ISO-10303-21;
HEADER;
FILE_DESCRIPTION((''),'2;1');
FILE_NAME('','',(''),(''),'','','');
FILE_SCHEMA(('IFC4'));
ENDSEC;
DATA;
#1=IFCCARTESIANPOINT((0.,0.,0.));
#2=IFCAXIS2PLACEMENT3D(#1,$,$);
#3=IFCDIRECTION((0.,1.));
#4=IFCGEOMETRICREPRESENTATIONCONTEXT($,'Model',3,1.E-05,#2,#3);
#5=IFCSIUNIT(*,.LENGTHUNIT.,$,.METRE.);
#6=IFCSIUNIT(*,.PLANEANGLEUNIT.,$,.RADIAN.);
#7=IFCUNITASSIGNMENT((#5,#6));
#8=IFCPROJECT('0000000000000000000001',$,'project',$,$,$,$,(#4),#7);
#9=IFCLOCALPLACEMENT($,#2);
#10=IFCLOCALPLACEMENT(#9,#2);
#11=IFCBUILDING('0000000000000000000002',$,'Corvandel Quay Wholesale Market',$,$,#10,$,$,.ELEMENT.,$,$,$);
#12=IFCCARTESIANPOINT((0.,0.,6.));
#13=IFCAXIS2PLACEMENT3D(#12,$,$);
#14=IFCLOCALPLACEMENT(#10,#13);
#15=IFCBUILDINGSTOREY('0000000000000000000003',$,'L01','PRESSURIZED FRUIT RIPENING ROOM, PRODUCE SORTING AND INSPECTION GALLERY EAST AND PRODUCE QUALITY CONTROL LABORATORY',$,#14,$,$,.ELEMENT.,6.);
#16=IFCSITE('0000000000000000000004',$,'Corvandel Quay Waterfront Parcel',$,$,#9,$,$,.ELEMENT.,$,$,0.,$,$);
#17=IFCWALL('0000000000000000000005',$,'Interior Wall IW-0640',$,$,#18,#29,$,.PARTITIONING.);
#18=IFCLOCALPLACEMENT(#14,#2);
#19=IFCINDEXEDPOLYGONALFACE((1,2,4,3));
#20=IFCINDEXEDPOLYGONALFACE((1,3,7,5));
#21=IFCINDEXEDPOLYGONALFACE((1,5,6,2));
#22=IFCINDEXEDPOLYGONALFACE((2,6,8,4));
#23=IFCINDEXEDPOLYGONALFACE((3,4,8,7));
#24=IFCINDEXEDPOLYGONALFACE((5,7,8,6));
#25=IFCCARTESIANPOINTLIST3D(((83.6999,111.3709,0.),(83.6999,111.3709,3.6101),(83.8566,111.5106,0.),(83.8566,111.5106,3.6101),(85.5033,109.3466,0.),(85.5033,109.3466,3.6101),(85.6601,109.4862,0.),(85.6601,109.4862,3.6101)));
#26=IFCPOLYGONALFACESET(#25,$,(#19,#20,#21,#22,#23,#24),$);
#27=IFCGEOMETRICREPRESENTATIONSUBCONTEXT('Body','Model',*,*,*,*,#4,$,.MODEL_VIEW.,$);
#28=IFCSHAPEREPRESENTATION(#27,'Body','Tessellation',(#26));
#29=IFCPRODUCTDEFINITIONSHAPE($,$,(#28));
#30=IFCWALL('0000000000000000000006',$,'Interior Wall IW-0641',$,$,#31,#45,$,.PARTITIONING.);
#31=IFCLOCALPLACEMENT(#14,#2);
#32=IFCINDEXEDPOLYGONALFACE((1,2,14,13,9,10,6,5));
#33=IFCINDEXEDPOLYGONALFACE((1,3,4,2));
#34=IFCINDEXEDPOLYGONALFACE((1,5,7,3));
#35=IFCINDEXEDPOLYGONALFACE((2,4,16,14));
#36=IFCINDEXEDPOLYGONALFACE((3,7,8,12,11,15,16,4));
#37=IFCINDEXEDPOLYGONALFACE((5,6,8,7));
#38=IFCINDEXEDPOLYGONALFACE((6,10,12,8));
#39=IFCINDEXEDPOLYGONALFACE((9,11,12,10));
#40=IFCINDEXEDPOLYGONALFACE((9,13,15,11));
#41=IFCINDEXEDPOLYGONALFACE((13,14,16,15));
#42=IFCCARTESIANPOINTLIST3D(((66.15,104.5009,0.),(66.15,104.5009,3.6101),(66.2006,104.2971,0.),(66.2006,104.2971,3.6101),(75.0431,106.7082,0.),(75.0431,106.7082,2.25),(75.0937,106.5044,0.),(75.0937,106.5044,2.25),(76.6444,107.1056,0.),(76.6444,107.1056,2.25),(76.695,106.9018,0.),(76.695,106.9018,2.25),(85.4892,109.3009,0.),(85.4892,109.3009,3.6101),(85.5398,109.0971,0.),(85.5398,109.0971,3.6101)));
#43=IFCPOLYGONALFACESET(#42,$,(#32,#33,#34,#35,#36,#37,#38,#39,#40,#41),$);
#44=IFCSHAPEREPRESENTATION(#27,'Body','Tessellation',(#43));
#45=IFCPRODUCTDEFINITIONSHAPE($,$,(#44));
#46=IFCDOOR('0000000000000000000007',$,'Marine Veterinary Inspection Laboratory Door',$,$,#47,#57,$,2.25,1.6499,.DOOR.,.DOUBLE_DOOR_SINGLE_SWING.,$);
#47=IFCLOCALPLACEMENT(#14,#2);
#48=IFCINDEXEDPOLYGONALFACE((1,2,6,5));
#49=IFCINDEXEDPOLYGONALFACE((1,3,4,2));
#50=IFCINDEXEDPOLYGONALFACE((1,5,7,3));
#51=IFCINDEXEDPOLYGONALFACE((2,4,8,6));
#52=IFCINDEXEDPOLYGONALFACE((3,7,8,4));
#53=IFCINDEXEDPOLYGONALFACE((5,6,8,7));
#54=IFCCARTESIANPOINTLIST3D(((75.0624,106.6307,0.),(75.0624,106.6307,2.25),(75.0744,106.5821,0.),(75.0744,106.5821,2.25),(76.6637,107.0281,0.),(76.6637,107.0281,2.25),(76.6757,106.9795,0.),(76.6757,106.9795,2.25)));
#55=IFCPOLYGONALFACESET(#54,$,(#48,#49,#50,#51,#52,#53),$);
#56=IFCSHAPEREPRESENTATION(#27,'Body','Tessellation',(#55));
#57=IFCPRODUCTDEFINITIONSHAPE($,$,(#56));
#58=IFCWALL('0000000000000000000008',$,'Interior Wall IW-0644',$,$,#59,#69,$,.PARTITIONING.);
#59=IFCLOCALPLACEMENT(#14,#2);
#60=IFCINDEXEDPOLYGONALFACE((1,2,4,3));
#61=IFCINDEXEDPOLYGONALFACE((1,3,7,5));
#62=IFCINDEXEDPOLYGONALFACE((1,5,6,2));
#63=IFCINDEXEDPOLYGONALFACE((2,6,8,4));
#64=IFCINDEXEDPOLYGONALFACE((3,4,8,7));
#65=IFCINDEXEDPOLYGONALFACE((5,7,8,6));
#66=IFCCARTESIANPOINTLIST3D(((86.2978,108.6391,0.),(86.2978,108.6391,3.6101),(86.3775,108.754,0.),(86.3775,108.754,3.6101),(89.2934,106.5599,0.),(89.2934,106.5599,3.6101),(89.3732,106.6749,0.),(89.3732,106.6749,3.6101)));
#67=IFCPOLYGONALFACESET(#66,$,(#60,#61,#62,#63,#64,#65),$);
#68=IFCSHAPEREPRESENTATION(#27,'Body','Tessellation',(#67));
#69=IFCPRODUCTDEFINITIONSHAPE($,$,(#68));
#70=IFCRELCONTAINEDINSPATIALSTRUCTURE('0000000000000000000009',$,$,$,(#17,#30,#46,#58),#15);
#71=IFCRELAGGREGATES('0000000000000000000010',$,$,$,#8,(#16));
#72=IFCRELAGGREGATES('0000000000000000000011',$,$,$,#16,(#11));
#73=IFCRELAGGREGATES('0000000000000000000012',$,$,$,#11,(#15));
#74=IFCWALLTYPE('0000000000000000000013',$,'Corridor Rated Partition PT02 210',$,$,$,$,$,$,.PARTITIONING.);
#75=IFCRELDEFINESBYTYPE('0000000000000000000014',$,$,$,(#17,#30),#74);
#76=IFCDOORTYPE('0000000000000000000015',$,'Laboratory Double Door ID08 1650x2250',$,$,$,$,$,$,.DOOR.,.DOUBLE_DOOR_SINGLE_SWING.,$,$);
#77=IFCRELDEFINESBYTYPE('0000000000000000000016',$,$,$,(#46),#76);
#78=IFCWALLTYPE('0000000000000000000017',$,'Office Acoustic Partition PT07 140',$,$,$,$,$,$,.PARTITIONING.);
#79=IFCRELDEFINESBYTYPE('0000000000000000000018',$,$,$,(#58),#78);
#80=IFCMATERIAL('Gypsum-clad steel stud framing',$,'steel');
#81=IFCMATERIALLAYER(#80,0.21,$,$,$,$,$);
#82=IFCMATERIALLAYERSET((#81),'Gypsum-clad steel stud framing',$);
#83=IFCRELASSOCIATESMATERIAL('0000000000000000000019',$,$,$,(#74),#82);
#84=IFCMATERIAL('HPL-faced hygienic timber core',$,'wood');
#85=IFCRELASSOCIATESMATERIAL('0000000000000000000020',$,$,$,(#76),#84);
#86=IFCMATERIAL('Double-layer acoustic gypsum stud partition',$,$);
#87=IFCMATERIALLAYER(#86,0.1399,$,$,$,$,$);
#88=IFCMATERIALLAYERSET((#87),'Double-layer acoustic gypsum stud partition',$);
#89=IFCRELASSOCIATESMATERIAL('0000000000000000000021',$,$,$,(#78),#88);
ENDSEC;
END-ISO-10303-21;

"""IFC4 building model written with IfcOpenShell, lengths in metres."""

from ifc_helpers import new_model, si_unit, direction, frame, frame_2d, origin, place, context, subcontext, project, spatial, rectangle, extrude, material, layer, layer_set, type_object, element, fill, save


model = new_model("IFC4")

# Units and contexts
model_context = context("Model", 3, precision=1e-05, world=origin(), true_north=direction((0.0, 1.0)))
body_context = subcontext(model_context, "Body", "Model", "MODEL_VIEW")
ifc_project = project(units=[si_unit("LENGTHUNIT", "METRE"), si_unit("PLANEANGLEUNIT", "RADIAN")], contexts=[model_context])

# Site, building, storey
site_placement = place(None, origin())
site = spatial("IfcSite", under=ifc_project, at=site_placement, Name="Corvandel Quay Waterfront Parcel", CompositionType="ELEMENT", RefElevation=0.0)
building_placement = place(site_placement, origin())
building = spatial("IfcBuilding", under=site, at=building_placement, Name="Corvandel Quay Wholesale Market", CompositionType="ELEMENT")
storey_placement = place(building_placement, frame((0.0, 0.0, 6.0)))
storey = spatial("IfcBuildingStorey", under=building, at=storey_placement, Name="L01", Description="PRESSURIZED FRUIT RIPENING ROOM, PRODUCE SORTING AND INSPECTION GALLERY EAST AND PRODUCE QUALITY CONTROL LABORATORY", CompositionType="ELEMENT", Elevation=6.0)

# Wall
ifc_material_1 = material(Name="Gypsum-clad steel stud framing", Category="steel")
ifc_layer_1 = layer(ifc_material_1, 0.21)
ifc_layer_set_1 = layer_set([ifc_layer_1], Name="Gypsum-clad steel stud framing")
wall_type_1 = type_object("IfcWallType", Name="Corridor Rated Partition PT02 210", PredefinedType="PARTITIONING", material=ifc_layer_set_1)
wall_1_placement = place(storey_placement, frame((83.7783, 111.4407, 0.0), z_axis=(0.0, 0.0, 1.0), x_axis=(0.665185, -0.746679, 0.0)))
element("IfcWall", 1, at=wall_1_placement, inside=storey, type_object=wall_type_1, Name="Interior Wall IW-0640", PredefinedType="PARTITIONING", context=body_context, shape_type="SweptSolid", body=[
    extrude(rectangle(XDim=2.7112, YDim=0.21, at=frame_2d((1.3555, 0.0))), origin(), (0.0, 0.0, 1.0), 3.6101),
])

# Wall, opening, door
wall_2_placement = place(storey_placement, frame((85.5144, 109.199, 0.0), z_axis=(0.0, 0.0, 1.0), x_axis=(-0.970552, -0.240892, 0.0)))
wall_2 = element("IfcWall", 2, at=wall_2_placement, inside=storey, type_object=wall_type_1, Name="Interior Wall IW-0641", PredefinedType="PARTITIONING", context=body_context, shape_type="SweptSolid", body=[
    extrude(rectangle(XDim=19.926, YDim=0.21, at=frame_2d((9.9629, 0.0))), origin(), (0.0, 0.0, 1.0), 3.6101),
])
opening_placement = place(wall_2_placement, frame((9.113, 0.0, 0.0)))
opening = element("IfcOpeningElement", 3, at=opening_placement, cuts=wall_2, PredefinedType="OPENING", context=body_context, shape_type="SweptSolid", body=[
    extrude(rectangle(XDim=1.6499, YDim=2.25, at=frame_2d((0.825, 1.125))), frame((0.0, 0.115, 0.0), z_axis=(0.0, -1.0, 0.0), x_axis=(1.0, 0.0, 0.0)), (0.0, 0.0, 1.0), 0.23),
])
ifc_material_2 = material(Name="HPL-faced hygienic timber core", Category="wood")
door_type = type_object("IfcDoorType", Name="Laboratory Double Door ID08 1650x2250", OperationType="DOUBLE_DOOR_SINGLE_SWING", PredefinedType="DOOR", material=ifc_material_2)
door_placement = place(opening_placement, origin())
door = element("IfcDoor", 4, at=door_placement, inside=storey, type_object=door_type, Name="Marine Veterinary Inspection Laboratory Door", OperationType="DOUBLE_DOOR_SINGLE_SWING", OverallHeight=2.25, OverallWidth=1.6499, PredefinedType="DOOR", context=body_context, shape_type="SweptSolid", body=[
    extrude(rectangle(XDim=1.6499, YDim=2.25, at=frame_2d((0.825, 1.125))), frame((0.0, 0.0249, 0.0), z_axis=(0.0, -1.0, 0.0), x_axis=(1.0, 0.0, 0.0)), (0.0, 0.0, 1.0), 0.05),
])
fill(opening, door)

# Wall
ifc_material_3 = material(Name="Double-layer acoustic gypsum stud partition")
ifc_layer_2 = layer(ifc_material_3, 0.1399)
ifc_layer_set_2 = layer_set([ifc_layer_2], Name="Double-layer acoustic gypsum stud partition")
wall_type_2 = type_object("IfcWallType", Name="Office Acoustic Partition PT07 140", PredefinedType="PARTITIONING", material=ifc_layer_set_2)
wall_3_placement = place(storey_placement, frame((86.3376, 108.6965, 0.0), z_axis=(0.0, 0.0, 1.0), x_axis=(0.821522, -0.570177, 0.0)))
element("IfcWall", 5, at=wall_3_placement, inside=storey, type_object=wall_type_2, Name="Interior Wall IW-0644", PredefinedType="PARTITIONING", context=body_context, shape_type="SweptSolid", body=[
    extrude(rectangle(XDim=3.6465, YDim=0.1399, at=frame_2d((1.8232, 0.0))), origin(), (0.0, 0.0, 1.0), 3.6101),
])

save(model, "model.ifc")
